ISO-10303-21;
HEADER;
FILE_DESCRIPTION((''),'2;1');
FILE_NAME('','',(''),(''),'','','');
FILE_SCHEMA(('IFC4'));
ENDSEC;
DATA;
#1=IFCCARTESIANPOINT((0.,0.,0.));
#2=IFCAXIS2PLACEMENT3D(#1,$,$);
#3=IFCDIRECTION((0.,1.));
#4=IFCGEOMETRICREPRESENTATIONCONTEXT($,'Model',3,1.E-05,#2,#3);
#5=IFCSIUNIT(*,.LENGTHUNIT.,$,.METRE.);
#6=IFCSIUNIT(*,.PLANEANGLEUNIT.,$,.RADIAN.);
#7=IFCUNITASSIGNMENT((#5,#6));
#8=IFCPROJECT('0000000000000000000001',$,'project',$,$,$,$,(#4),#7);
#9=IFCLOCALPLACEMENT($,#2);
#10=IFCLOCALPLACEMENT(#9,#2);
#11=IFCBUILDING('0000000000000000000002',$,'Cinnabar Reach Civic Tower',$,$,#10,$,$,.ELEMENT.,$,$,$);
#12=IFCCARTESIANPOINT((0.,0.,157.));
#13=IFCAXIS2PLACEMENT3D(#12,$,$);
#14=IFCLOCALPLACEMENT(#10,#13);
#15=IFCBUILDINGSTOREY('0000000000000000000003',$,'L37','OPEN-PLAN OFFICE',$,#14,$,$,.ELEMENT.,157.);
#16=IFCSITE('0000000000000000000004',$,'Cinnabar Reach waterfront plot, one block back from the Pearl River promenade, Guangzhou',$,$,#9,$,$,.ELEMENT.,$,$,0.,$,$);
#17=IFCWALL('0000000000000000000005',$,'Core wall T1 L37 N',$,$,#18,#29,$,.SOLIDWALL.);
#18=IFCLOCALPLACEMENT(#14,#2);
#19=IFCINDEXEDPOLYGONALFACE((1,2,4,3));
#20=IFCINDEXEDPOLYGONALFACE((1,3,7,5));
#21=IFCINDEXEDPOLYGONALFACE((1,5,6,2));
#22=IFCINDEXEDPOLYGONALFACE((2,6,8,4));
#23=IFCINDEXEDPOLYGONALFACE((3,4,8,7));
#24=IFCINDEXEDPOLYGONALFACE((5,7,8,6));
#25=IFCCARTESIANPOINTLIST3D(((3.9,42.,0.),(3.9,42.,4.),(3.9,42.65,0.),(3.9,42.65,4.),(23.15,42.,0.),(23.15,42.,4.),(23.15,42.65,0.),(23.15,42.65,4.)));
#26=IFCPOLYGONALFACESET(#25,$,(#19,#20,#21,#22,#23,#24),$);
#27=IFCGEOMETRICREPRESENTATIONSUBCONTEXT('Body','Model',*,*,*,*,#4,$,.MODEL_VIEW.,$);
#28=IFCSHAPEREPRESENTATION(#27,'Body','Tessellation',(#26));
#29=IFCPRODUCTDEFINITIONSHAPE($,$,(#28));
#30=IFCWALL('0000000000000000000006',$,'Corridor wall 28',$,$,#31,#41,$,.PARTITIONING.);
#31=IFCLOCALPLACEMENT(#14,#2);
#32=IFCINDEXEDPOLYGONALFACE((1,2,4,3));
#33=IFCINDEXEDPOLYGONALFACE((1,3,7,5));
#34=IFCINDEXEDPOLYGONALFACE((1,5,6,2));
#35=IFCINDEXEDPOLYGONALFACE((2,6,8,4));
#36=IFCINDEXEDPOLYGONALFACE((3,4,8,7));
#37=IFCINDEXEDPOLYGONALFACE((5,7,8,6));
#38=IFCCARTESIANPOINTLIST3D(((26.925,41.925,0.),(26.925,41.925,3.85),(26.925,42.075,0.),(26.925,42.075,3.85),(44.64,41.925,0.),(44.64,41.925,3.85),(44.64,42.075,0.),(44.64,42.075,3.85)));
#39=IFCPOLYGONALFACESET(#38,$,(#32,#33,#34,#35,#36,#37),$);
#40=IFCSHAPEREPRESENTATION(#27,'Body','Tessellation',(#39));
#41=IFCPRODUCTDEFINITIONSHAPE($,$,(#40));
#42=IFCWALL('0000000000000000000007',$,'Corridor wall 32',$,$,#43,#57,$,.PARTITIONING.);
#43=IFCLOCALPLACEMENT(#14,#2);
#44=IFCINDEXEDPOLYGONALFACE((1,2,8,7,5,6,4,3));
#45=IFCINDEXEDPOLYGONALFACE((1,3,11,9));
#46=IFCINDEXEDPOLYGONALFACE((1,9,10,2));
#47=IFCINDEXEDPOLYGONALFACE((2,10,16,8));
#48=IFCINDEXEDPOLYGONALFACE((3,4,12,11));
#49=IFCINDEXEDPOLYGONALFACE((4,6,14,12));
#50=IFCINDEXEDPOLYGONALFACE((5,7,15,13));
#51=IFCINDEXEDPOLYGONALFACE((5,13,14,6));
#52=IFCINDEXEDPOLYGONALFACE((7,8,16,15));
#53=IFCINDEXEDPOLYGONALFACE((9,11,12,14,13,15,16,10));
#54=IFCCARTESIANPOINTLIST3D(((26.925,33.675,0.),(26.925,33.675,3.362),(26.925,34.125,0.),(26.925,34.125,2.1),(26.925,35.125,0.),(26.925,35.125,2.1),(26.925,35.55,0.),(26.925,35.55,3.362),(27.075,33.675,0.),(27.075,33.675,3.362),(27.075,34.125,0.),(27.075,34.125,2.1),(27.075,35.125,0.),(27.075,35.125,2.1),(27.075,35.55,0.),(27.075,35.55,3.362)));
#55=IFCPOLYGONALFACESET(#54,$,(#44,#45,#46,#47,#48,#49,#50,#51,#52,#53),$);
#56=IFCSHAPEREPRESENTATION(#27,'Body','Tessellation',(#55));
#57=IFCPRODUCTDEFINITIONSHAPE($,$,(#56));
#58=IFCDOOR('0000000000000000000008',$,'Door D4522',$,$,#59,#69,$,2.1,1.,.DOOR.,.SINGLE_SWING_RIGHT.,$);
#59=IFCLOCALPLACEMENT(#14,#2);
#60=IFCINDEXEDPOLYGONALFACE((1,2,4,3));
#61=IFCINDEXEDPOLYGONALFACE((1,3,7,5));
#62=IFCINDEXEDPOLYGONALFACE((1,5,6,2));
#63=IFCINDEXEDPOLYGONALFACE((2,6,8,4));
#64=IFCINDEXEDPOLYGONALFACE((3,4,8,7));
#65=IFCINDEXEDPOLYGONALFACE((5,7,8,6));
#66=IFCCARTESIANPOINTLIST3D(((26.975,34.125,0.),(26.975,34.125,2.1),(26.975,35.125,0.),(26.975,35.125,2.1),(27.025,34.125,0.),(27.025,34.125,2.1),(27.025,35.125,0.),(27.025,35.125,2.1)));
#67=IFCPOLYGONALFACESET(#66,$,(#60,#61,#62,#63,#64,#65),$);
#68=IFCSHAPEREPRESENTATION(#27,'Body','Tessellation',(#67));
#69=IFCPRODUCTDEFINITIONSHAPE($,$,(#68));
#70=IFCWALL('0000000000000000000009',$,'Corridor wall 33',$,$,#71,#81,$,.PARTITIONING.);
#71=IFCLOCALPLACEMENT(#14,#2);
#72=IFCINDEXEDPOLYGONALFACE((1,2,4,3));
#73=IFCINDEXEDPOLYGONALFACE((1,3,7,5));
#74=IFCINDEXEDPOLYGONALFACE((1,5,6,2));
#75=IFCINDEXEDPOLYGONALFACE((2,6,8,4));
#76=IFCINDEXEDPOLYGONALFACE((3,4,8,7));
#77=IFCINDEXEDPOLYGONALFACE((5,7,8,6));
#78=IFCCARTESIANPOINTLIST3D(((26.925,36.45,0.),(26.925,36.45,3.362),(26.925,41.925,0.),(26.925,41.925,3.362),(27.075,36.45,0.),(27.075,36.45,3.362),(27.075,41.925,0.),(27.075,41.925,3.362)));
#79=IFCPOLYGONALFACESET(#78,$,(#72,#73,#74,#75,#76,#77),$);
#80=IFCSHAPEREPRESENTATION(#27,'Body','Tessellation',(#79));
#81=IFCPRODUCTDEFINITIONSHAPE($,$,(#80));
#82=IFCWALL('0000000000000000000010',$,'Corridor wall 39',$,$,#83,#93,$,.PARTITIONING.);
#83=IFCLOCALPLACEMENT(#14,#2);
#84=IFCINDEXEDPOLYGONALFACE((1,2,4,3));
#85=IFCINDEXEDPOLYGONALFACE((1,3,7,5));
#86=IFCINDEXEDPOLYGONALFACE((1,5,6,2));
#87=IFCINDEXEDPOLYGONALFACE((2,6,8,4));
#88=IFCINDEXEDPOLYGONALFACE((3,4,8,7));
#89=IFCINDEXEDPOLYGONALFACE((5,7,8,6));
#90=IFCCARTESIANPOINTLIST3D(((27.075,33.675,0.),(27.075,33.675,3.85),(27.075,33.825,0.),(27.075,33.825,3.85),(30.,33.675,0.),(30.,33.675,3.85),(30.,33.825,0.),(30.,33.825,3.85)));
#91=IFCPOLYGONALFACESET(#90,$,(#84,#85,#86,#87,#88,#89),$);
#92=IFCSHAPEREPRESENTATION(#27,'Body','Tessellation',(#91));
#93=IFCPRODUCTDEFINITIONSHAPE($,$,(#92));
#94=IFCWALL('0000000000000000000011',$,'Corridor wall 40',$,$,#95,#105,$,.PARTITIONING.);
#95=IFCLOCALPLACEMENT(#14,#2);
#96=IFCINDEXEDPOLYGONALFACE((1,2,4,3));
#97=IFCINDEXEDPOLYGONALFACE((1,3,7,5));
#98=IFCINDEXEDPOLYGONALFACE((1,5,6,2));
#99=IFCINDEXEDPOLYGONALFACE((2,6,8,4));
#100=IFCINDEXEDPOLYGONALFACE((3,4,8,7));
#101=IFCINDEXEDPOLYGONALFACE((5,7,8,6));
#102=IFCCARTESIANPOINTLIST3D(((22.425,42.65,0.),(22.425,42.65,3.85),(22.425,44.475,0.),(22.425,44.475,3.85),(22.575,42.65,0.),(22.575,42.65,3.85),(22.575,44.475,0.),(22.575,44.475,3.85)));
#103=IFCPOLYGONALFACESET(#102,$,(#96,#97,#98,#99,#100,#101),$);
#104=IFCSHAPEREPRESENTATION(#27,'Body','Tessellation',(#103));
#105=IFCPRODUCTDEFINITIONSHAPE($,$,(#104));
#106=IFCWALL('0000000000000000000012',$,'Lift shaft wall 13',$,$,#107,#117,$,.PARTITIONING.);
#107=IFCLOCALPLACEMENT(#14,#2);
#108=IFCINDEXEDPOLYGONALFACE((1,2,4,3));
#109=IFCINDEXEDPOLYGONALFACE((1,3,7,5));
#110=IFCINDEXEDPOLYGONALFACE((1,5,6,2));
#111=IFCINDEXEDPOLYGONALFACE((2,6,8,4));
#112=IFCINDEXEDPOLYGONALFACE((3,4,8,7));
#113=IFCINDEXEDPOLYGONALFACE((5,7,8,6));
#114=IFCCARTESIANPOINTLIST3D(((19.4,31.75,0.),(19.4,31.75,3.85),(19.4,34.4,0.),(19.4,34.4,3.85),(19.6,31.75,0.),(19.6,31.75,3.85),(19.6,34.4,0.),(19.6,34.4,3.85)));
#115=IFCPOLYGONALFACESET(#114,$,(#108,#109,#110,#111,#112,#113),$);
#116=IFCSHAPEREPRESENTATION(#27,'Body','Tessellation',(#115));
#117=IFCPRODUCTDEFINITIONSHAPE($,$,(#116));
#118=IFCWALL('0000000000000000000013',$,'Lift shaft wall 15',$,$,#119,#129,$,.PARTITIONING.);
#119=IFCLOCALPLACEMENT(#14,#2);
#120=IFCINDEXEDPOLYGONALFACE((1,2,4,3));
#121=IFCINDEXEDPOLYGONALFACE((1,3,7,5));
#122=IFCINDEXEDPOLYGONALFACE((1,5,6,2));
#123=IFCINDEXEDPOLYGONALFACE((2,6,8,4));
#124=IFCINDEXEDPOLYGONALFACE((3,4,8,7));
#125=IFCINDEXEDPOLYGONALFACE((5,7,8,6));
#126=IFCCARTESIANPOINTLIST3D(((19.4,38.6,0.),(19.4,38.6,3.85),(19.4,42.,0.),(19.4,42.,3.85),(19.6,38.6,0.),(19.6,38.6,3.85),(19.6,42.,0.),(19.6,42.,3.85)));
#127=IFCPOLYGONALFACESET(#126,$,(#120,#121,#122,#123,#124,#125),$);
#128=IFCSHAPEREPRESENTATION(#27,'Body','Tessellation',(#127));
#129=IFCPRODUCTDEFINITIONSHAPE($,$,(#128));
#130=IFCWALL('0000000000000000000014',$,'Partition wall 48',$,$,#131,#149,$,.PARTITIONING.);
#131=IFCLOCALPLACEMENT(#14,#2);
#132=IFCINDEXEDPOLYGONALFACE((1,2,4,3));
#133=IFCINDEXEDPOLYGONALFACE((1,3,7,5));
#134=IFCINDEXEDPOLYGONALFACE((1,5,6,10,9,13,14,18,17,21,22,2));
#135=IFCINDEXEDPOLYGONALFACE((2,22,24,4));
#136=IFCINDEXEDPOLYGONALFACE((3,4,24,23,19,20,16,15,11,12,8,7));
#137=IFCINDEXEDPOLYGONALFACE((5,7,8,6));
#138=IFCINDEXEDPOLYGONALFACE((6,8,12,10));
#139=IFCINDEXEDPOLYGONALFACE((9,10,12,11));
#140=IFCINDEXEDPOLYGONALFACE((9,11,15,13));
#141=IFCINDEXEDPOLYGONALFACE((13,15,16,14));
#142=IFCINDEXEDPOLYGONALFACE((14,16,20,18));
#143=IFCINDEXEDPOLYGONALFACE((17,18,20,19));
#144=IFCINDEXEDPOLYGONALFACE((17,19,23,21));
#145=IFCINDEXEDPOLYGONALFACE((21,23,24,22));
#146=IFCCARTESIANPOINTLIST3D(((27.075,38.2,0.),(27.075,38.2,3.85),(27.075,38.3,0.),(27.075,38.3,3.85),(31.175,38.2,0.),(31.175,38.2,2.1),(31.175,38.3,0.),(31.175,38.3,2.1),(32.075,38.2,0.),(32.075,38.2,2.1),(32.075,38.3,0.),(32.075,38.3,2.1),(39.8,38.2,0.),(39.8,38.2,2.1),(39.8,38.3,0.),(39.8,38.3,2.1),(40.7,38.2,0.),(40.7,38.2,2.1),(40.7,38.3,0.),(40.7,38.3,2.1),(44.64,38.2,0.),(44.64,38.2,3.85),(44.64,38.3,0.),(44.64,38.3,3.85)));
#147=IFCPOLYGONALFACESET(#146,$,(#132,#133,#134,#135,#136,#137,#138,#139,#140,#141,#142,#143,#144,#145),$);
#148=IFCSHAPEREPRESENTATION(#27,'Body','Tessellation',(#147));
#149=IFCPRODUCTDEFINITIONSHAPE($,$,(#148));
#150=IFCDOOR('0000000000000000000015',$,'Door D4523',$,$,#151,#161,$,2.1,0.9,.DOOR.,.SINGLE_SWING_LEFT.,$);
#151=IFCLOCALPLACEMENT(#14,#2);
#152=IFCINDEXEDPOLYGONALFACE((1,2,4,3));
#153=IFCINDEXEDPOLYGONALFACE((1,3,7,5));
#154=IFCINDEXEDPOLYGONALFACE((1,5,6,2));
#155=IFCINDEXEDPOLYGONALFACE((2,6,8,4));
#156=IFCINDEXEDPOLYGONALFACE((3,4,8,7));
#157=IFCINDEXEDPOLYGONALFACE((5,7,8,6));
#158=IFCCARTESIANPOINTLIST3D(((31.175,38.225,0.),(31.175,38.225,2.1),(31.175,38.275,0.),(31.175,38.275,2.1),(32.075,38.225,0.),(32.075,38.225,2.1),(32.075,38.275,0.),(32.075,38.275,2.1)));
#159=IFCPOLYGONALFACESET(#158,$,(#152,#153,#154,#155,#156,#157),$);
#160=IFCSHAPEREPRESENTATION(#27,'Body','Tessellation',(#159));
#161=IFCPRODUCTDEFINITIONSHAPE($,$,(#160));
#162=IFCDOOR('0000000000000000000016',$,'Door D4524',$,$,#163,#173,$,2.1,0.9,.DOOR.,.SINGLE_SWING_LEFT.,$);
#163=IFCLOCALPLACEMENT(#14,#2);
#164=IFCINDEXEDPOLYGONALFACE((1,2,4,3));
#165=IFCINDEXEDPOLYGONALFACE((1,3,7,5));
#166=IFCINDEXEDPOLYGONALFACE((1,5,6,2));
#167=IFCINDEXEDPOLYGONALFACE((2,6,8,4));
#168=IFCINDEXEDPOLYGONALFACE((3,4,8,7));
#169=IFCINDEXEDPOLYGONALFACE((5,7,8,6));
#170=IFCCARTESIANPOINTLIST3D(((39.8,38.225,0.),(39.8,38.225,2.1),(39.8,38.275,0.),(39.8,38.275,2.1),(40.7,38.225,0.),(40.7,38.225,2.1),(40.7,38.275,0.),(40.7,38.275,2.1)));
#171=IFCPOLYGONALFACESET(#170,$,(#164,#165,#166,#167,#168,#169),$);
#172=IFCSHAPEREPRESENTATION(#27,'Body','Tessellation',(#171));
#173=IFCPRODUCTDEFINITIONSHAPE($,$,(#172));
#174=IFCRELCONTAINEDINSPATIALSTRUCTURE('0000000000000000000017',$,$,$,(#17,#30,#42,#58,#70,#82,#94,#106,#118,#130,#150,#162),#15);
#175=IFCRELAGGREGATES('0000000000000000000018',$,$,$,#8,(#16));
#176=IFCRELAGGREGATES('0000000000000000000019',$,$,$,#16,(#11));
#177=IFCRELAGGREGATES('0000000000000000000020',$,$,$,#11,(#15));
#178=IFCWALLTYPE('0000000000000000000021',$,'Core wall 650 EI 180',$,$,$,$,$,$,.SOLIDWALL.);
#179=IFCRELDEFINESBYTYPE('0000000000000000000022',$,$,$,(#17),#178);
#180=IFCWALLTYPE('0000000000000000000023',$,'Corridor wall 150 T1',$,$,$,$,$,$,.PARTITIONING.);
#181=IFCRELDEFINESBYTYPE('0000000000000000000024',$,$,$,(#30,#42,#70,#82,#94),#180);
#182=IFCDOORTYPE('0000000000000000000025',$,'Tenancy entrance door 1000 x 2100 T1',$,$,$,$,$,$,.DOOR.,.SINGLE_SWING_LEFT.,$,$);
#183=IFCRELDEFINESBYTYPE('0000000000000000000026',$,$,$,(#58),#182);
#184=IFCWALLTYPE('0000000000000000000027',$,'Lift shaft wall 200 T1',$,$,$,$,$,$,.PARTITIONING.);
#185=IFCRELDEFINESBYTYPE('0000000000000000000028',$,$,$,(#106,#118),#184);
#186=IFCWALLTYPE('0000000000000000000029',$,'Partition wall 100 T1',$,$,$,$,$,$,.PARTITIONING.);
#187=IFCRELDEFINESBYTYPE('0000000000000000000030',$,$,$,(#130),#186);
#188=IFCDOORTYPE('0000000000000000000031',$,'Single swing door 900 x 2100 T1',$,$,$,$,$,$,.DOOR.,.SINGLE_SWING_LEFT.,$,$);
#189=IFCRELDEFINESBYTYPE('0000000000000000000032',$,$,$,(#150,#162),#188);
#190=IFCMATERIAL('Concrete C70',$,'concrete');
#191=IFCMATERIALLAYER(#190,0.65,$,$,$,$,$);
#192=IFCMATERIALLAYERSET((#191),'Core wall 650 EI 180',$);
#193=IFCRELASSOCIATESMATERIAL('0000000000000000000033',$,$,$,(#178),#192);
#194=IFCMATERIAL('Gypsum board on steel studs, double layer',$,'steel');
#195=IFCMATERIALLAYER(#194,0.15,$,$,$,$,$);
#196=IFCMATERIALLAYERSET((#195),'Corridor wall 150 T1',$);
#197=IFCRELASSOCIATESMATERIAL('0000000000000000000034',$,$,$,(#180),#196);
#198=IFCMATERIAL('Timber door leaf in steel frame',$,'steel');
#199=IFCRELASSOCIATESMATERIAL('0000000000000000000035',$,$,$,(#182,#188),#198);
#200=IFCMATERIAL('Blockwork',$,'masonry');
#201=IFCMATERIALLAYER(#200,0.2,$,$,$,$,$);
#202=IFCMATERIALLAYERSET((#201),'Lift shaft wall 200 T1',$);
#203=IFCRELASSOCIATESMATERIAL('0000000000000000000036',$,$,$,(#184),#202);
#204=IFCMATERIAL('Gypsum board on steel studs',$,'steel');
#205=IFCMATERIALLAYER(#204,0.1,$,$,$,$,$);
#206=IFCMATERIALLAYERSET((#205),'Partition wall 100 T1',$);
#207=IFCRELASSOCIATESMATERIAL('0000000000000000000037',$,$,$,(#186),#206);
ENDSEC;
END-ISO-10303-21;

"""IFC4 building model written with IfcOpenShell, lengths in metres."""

from ifc_helpers import new_model, si_unit, direction, frame, frame_2d, origin, place, context, subcontext, project, spatial, rectangle, extrude, material, layer, layer_set, type_object, element, fill, save


model = new_model("IFC4")

# Units and contexts
model_context = context("Model", 3, precision=1e-05, world=origin(), true_north=direction((0.0, 1.0)))
body_context = subcontext(model_context, "Body", "Model", "MODEL_VIEW")
ifc_project = project(units=[si_unit("LENGTHUNIT", "METRE"), si_unit("PLANEANGLEUNIT", "RADIAN")], contexts=[model_context])

# Site, building, storey
site_placement = place(None, origin())
site = spatial("IfcSite", under=ifc_project, at=site_placement, Name="Cinnabar Reach waterfront plot, one block back from the Pearl River promenade, Guangzhou", CompositionType="ELEMENT", RefElevation=0.0)
building_placement = place(site_placement, origin())
building = spatial("IfcBuilding", under=site, at=building_placement, Name="Cinnabar Reach Civic Tower", CompositionType="ELEMENT")
storey_placement = place(building_placement, frame((0.0, 0.0, 157.0)))
storey = spatial("IfcBuildingStorey", under=building, at=storey_placement, Name="L37", Description="OPEN-PLAN OFFICE", CompositionType="ELEMENT", Elevation=157.0)

# Shared definitions
ifc_material_1 = material(Name="Concrete C70", Category="concrete")

# Walls
ifc_layer_1 = layer(ifc_material_1, 0.65)
ifc_layer_set_1 = layer_set([ifc_layer_1], Name="Core wall 650 EI 180")
wall_type_1 = type_object("IfcWallType", Name="Core wall 650 EI 180", PredefinedType="SOLIDWALL", material=ifc_layer_set_1)
wall_1_placement = place(storey_placement, frame((23.15, 42.325, 0.0), z_axis=(0.0, 0.0, 1.0), x_axis=(-1.0, 0.0, 0.0)))
element("IfcWall", 1, at=wall_1_placement, inside=storey, type_object=wall_type_1, Name="Core wall T1 L37 N", PredefinedType="SOLIDWALL", context=body_context, shape_type="SweptSolid", body=[
    extrude(rectangle(XDim=19.25, YDim=0.65, at=frame_2d((9.625, 0.0))), origin(), (0.0, 0.0, 1.0), 4.0),
])
ifc_material_2 = material(Name="Gypsum board on steel studs, double layer", Category="steel")
ifc_layer_2 = layer(ifc_material_2, 0.15)
ifc_layer_set_2 = layer_set([ifc_layer_2], Name="Corridor wall 150 T1")
wall_type_2 = type_object("IfcWallType", Name="Corridor wall 150 T1", PredefinedType="PARTITIONING", material=ifc_layer_set_2)
wall_2_placement = place(storey_placement, frame((26.925, 42.0, 0.0), z_axis=(0.0, 0.0, 1.0), x_axis=(1.0, 0.0, 0.0)))
element("IfcWall", 2, at=wall_2_placement, inside=storey, type_object=wall_type_2, Name="Corridor wall 28", PredefinedType="PARTITIONING", context=body_context, shape_type="SweptSolid", body=[
    extrude(rectangle(XDim=17.715, YDim=0.15, at=frame_2d((8.8575, 0.0))), origin(), (0.0, 0.0, 1.0), 3.85),
])

# Wall, opening, door
wall_3_placement = place(storey_placement, frame((27.0, 33.675, 0.0), z_axis=(0.0, 0.0, 1.0), x_axis=(0.0, 1.0, 0.0)))
wall_3 = element("IfcWall", 3, at=wall_3_placement, inside=storey, type_object=wall_type_2, Name="Corridor wall 32", PredefinedType="PARTITIONING", context=body_context, shape_type="SweptSolid", body=[
    extrude(rectangle(XDim=1.875, YDim=0.15, at=frame_2d((0.9375, 0.0))), origin(), (0.0, 0.0, 1.0), 3.362),
])
opening_1_placement = place(wall_3_placement, frame((0.45, 0.0, 0.0)))
opening_1 = element("IfcOpeningElement", 4, at=opening_1_placement, cuts=wall_3, PredefinedType="OPENING", context=body_context, shape_type="SweptSolid", body=[
    extrude(rectangle(XDim=1.0, YDim=2.1, at=frame_2d((0.5, 1.05))), frame((0.0, 0.085, 0.0), z_axis=(0.0, -1.0, 0.0), x_axis=(1.0, 0.0, 0.0)), (0.0, 0.0, 1.0), 0.17),
])
ifc_material_3 = material(Name="Timber door leaf in steel frame", Category="steel")
door_type_1 = type_object("IfcDoorType", Name="Tenancy entrance door 1000 x 2100 T1", OperationType="SINGLE_SWING_LEFT", PredefinedType="DOOR", material=ifc_material_3)
door_1_placement = place(opening_1_placement, frame((1.0, 0.0, 0.0), z_axis=(0.0, 0.0, 1.0), x_axis=(-1.0, 0.0, 0.0)))
door_1 = element("IfcDoor", 5, at=door_1_placement, inside=storey, type_object=door_type_1, Name="Door D4522", OperationType="SINGLE_SWING_RIGHT", OverallHeight=2.1, OverallWidth=1.0, PredefinedType="DOOR", context=body_context, shape_type="SweptSolid", body=[
    extrude(rectangle(XDim=1.0, YDim=2.1, at=frame_2d((0.5, 1.05))), frame((0.0, 0.025, 0.0), z_axis=(0.0, -1.0, 0.0), x_axis=(1.0, 0.0, 0.0)), (0.0, 0.0, 1.0), 0.05),
])
fill(opening_1, door_1)

# Walls
wall_4_placement = place(storey_placement, frame((27.0, 36.45, 0.0), z_axis=(0.0, 0.0, 1.0), x_axis=(0.0, 1.0, 0.0)))
element("IfcWall", 6, at=wall_4_placement, inside=storey, type_object=wall_type_2, Name="Corridor wall 33", PredefinedType="PARTITIONING", context=body_context, shape_type="SweptSolid", body=[
    extrude(rectangle(XDim=5.475, YDim=0.15, at=frame_2d((2.7375, 0.0))), origin(), (0.0, 0.0, 1.0), 3.362),
])
wall_5_placement = place(storey_placement, frame((27.075, 33.75, 0.0), z_axis=(0.0, 0.0, 1.0), x_axis=(1.0, 0.0, 0.0)))
element("IfcWall", 7, at=wall_5_placement, inside=storey, type_object=wall_type_2, Name="Corridor wall 39", PredefinedType="PARTITIONING", context=body_context, shape_type="SweptSolid", body=[
    extrude(rectangle(XDim=2.925, YDim=0.15, at=frame_2d((1.4625, 0.0))), origin(), (0.0, 0.0, 1.0), 3.85),
])
wall_6_placement = place(storey_placement, frame((22.5, 42.65, 0.0), z_axis=(0.0, 0.0, 1.0), x_axis=(0.0, 1.0, 0.0)))
element("IfcWall", 8, at=wall_6_placement, inside=storey, type_object=wall_type_2, Name="Corridor wall 40", PredefinedType="PARTITIONING", context=body_context, shape_type="SweptSolid", body=[
    extrude(rectangle(XDim=1.825, YDim=0.15, at=frame_2d((0.9125, 0.0))), origin(), (0.0, 0.0, 1.0), 3.85),
])
ifc_material_4 = material(Name="Blockwork", Category="masonry")
ifc_layer_3 = layer(ifc_material_4, 0.2)
ifc_layer_set_3 = layer_set([ifc_layer_3], Name="Lift shaft wall 200 T1")
wall_type_3 = type_object("IfcWallType", Name="Lift shaft wall 200 T1", PredefinedType="PARTITIONING", material=ifc_layer_set_3)
wall_7_placement = place(storey_placement, frame((19.5, 31.75, 0.0), z_axis=(0.0, 0.0, 1.0), x_axis=(0.0, 1.0, 0.0)))
element("IfcWall", 9, at=wall_7_placement, inside=storey, type_object=wall_type_3, Name="Lift shaft wall 13", PredefinedType="PARTITIONING", context=body_context, shape_type="SweptSolid", body=[
    extrude(rectangle(XDim=2.65, YDim=0.2, at=frame_2d((1.325, 0.0))), origin(), (0.0, 0.0, 1.0), 3.85),
])
wall_8_placement = place(storey_placement, frame((19.5, 38.6, 0.0), z_axis=(0.0, 0.0, 1.0), x_axis=(0.0, 1.0, 0.0)))
element("IfcWall", 10, at=wall_8_placement, inside=storey, type_object=wall_type_3, Name="Lift shaft wall 15", PredefinedType="PARTITIONING", context=body_context, shape_type="SweptSolid", body=[
    extrude(rectangle(XDim=3.4, YDim=0.2, at=frame_2d((1.7, 0.0))), origin(), (0.0, 0.0, 1.0), 3.85),
])

# Wall, openings, doors
ifc_material_5 = material(Name="Gypsum board on steel studs", Category="steel")
ifc_layer_4 = layer(ifc_material_5, 0.1)
ifc_layer_set_4 = layer_set([ifc_layer_4], Name="Partition wall 100 T1")
wall_type_4 = type_object("IfcWallType", Name="Partition wall 100 T1", PredefinedType="PARTITIONING", material=ifc_layer_set_4)
wall_9_placement = place(storey_placement, frame((27.075, 38.25, 0.0), z_axis=(0.0, 0.0, 1.0), x_axis=(1.0, 0.0, 0.0)))
wall_9 = element("IfcWall", 11, at=wall_9_placement, inside=storey, type_object=wall_type_4, Name="Partition wall 48", PredefinedType="PARTITIONING", context=body_context, shape_type="SweptSolid", body=[
    extrude(rectangle(XDim=17.565, YDim=0.1, at=frame_2d((8.7825, 0.0))), origin(), (0.0, 0.0, 1.0), 3.85),
])
opening_2_placement = place(wall_9_placement, frame((4.1, 0.0, 0.0)))
opening_2 = element("IfcOpeningElement", 12, at=opening_2_placement, cuts=wall_9, PredefinedType="OPENING", context=body_context, shape_type="SweptSolid", body=[
    extrude(rectangle(XDim=0.9, YDim=2.1, at=frame_2d((0.45, 1.05))), frame((0.0, 0.06, 0.0), z_axis=(0.0, -1.0, 0.0), x_axis=(1.0, 0.0, 0.0)), (0.0, 0.0, 1.0), 0.12),
])
opening_3_placement = place(wall_9_placement, frame((12.725, 0.0, 0.0)))
opening_3 = element("IfcOpeningElement", 13, at=opening_3_placement, cuts=wall_9, PredefinedType="OPENING", context=body_context, shape_type="SweptSolid", body=[
    extrude(rectangle(XDim=0.9, YDim=2.1, at=frame_2d((0.45, 1.05))), frame((0.0, 0.06, 0.0), z_axis=(0.0, -1.0, 0.0), x_axis=(1.0, 0.0, 0.0)), (0.0, 0.0, 1.0), 0.12),
])
door_type_2 = type_object("IfcDoorType", Name="Single swing door 900 x 2100 T1", OperationType="SINGLE_SWING_LEFT", PredefinedType="DOOR", material=ifc_material_3)
door_2_placement = place(opening_2_placement, origin())
door_2 = element("IfcDoor", 14, at=door_2_placement, inside=storey, type_object=door_type_2, Name="Door D4523", OperationType="SINGLE_SWING_LEFT", OverallHeight=2.1, OverallWidth=0.9, PredefinedType="DOOR", context=body_context, shape_type="SweptSolid", body=[
    extrude(rectangle(XDim=0.9, YDim=2.1, at=frame_2d((0.45, 1.05))), frame((0.0, 0.025, 0.0), z_axis=(0.0, -1.0, 0.0), x_axis=(1.0, 0.0, 0.0)), (0.0, 0.0, 1.0), 0.05),
])
fill(opening_2, door_2)
door_3_placement = place(opening_3_placement, origin())
door_3 = element("IfcDoor", 15, at=door_3_placement, inside=storey, type_object=door_type_2, Name="Door D4524", OperationType="SINGLE_SWING_LEFT", OverallHeight=2.1, OverallWidth=0.9, PredefinedType="DOOR", context=body_context, shape_type="SweptSolid", body=[
    extrude(rectangle(XDim=0.9, YDim=2.1, at=frame_2d((0.45, 1.05))), frame((0.0, 0.025, 0.0), z_axis=(0.0, -1.0, 0.0), x_axis=(1.0, 0.0, 0.0)), (0.0, 0.0, 1.0), 0.05),
])
fill(opening_3, door_3)

save(model, "model.ifc")
